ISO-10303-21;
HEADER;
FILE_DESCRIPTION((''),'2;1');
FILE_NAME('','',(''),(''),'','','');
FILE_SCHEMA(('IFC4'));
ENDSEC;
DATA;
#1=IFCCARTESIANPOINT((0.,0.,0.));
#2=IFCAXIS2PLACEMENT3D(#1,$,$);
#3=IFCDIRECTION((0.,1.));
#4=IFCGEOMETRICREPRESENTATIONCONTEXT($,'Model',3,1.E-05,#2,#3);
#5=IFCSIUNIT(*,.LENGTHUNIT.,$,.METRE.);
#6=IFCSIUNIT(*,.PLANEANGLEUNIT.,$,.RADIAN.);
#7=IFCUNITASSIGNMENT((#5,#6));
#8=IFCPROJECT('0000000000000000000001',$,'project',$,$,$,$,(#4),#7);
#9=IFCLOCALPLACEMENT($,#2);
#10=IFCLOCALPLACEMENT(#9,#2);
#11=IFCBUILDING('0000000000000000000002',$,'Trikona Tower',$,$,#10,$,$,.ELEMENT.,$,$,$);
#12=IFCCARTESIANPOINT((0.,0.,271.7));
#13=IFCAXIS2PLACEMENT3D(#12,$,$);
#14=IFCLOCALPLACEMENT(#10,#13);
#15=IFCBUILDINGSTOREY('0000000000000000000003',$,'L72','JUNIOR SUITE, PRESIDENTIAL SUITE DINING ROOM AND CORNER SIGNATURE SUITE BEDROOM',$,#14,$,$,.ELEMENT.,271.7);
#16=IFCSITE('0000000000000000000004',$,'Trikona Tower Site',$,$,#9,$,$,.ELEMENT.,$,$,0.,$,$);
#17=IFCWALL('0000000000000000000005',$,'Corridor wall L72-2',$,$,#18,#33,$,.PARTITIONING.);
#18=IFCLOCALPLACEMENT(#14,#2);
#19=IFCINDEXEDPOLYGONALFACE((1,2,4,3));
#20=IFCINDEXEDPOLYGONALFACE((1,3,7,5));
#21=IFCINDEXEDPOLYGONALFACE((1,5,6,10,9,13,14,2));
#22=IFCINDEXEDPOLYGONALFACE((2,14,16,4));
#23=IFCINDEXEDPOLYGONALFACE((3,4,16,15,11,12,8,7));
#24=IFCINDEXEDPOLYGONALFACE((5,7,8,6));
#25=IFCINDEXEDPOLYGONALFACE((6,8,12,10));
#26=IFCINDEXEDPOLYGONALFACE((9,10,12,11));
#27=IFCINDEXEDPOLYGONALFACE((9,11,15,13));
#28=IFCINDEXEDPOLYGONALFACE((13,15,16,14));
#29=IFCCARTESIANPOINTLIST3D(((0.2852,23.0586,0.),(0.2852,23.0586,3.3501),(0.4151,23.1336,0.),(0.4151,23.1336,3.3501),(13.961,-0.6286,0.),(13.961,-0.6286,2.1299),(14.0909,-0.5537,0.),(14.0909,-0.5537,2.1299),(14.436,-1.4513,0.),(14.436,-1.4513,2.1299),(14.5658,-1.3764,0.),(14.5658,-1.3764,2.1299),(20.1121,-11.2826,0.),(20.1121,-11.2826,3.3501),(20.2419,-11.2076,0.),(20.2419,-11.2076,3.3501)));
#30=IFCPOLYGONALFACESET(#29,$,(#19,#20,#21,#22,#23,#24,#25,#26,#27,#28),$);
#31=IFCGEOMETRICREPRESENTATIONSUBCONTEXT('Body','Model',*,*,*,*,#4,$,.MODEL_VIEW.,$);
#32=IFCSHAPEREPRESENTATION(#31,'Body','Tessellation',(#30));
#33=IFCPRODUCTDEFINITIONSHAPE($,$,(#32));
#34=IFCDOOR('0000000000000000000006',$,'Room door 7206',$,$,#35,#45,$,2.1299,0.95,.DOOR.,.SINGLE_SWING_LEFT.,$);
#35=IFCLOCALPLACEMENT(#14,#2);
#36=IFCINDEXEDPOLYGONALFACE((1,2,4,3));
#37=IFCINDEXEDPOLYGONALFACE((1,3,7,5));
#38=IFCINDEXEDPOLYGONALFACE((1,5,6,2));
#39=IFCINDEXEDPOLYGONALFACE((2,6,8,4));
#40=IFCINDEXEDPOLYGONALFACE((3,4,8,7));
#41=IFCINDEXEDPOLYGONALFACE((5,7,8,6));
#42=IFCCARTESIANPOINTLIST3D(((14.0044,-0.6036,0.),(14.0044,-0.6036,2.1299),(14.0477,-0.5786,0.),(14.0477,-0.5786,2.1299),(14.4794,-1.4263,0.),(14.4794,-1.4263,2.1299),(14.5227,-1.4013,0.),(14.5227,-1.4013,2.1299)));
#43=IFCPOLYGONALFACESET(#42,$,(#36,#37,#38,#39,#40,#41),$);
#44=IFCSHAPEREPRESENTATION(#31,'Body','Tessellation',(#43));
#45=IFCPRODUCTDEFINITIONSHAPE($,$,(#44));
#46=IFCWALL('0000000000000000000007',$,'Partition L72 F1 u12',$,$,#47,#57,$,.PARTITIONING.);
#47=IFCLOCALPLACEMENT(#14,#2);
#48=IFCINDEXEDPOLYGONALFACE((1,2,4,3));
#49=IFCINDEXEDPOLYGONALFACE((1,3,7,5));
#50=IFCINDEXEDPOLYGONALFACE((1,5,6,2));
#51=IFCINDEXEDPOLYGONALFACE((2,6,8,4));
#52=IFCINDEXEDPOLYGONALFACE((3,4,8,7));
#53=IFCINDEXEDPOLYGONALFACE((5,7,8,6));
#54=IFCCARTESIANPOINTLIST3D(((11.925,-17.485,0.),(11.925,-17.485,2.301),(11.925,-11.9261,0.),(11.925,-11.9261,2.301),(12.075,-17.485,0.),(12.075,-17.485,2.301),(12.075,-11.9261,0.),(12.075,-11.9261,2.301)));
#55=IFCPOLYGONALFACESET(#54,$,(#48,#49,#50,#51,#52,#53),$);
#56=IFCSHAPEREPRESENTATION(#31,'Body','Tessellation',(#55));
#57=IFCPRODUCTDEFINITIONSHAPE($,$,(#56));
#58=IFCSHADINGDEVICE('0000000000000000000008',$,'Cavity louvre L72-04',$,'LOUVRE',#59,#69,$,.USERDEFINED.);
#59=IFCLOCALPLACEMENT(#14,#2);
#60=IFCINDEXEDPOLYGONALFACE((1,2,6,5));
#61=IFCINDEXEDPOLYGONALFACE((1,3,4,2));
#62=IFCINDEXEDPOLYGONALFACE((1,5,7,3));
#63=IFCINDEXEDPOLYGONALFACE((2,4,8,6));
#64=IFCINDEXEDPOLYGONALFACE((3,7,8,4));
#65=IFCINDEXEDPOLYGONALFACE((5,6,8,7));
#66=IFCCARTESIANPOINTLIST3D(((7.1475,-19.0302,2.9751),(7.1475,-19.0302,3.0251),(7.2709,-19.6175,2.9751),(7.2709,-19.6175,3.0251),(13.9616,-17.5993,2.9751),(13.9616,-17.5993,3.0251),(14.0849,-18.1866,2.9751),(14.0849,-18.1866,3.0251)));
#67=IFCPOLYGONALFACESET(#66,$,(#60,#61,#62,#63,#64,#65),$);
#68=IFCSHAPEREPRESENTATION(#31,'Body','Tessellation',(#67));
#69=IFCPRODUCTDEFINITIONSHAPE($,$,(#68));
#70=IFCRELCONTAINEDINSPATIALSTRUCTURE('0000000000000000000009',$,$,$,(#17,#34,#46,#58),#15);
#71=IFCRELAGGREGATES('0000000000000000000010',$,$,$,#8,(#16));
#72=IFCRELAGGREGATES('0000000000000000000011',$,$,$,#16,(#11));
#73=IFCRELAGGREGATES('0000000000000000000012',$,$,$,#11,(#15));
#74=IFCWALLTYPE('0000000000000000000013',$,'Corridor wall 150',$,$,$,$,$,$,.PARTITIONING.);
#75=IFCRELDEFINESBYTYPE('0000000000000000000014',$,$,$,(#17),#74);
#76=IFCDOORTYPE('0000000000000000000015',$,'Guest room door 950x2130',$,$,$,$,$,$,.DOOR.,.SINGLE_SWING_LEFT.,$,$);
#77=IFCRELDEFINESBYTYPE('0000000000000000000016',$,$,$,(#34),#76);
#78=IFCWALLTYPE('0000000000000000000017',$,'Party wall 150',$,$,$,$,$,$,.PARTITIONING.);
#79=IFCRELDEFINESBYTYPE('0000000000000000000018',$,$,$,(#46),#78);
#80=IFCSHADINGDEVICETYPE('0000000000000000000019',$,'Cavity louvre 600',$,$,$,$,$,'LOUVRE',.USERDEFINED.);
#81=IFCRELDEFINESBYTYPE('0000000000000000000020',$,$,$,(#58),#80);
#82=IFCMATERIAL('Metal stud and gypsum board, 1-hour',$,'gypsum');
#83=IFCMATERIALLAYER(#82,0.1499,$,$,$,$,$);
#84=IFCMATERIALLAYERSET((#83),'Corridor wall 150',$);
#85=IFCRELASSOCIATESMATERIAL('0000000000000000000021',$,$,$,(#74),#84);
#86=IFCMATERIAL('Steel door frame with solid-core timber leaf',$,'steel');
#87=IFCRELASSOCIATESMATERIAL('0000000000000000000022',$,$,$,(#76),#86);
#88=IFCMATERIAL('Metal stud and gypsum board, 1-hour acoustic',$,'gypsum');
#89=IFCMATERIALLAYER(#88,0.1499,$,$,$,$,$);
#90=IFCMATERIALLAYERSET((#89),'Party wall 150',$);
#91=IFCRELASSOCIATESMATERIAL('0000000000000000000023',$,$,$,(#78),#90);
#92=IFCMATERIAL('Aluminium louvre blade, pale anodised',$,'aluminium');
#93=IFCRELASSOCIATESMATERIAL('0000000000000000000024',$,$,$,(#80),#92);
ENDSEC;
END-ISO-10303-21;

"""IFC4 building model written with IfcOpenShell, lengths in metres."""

from ifc_helpers import new_model, si_unit, direction, frame, frame_2d, origin, origin_2d, place, context, subcontext, project, spatial, rectangle, extrude, material, layer, layer_set, type_object, element, fill, save


model = new_model("IFC4")

# Units and contexts
model_context = context("Model", 3, precision=1e-05, world=origin(), true_north=direction((0.0, 1.0)))
body_context = subcontext(model_context, "Body", "Model", "MODEL_VIEW")
ifc_project = project(units=[si_unit("LENGTHUNIT", "METRE"), si_unit("PLANEANGLEUNIT", "RADIAN")], contexts=[model_context])

# Site, building, storey
site_placement = place(None, origin())
site = spatial("IfcSite", under=ifc_project, at=site_placement, Name="Trikona Tower Site", CompositionType="ELEMENT", RefElevation=0.0)
building_placement = place(site_placement, origin())
building = spatial("IfcBuilding", under=site, at=building_placement, Name="Trikona Tower", CompositionType="ELEMENT")
storey_placement = place(building_placement, frame((0.0, 0.0, 271.7)))
storey = spatial("IfcBuildingStorey", under=building, at=storey_placement, Name="L72", Description="JUNIOR SUITE, PRESIDENTIAL SUITE DINING ROOM AND CORNER SIGNATURE SUITE BEDROOM", CompositionType="ELEMENT", Elevation=271.7)

# Wall, opening, door
ifc_material_1 = material(Name="Metal stud and gypsum board, 1-hour", Category="gypsum")
ifc_layer_1 = layer(ifc_material_1, 0.1499)
ifc_layer_set_1 = layer_set([ifc_layer_1], Name="Corridor wall 150")
wall_type_1 = type_object("IfcWallType", Name="Corridor wall 150", PredefinedType="PARTITIONING", material=ifc_layer_set_1)
wall_1_placement = place(storey_placement, frame((20.177, -11.2451, 0.0), z_axis=(0.0, 0.0, 1.0), x_axis=(-0.499999, 0.866026, 0.0)))
wall_1 = element("IfcWall", 1, at=wall_1_placement, inside=storey, type_object=wall_type_1, Name="Corridor wall L72-2", PredefinedType="PARTITIONING", context=body_context, shape_type="SweptSolid", body=[
    extrude(rectangle(XDim=39.6538, YDim=0.1499, at=frame_2d((19.8269, 0.0))), origin(), (0.0, 0.0, 1.0), 3.3501),
])
opening_1_placement = place(wall_1_placement, frame((11.3521, 0.0, 0.0)))
opening_1 = element("IfcOpeningElement", 2, at=opening_1_placement, cuts=wall_1, PredefinedType="OPENING", context=body_context, shape_type="SweptSolid", body=[
    extrude(rectangle(XDim=0.95, YDim=2.1299, at=frame_2d((0.4751, 1.0649))), frame((0.0, 0.085, 0.0), z_axis=(0.0, -1.0, 0.0), x_axis=(1.0, 0.0, 0.0)), (0.0, 0.0, 1.0), 0.1699),
])
ifc_material_2 = material(Name="Steel door frame with solid-core timber leaf", Category="steel")
door_type_1 = type_object("IfcDoorType", Name="Guest room door 950x2130", OperationType="SINGLE_SWING_LEFT", PredefinedType="DOOR", material=ifc_material_2)
door_1_placement = place(opening_1_placement, origin())
door_1 = element("IfcDoor", 3, at=door_1_placement, inside=storey, type_object=door_type_1, Name="Room door 7206", OperationType="SINGLE_SWING_LEFT", OverallHeight=2.1299, OverallWidth=0.95, PredefinedType="DOOR", context=body_context, shape_type="SweptSolid", body=[
    extrude(rectangle(XDim=0.95, YDim=2.1299, at=frame_2d((0.4751, 1.0649))), frame((0.0, 0.0249, 0.0), z_axis=(0.0, -1.0, 0.0), x_axis=(1.0, 0.0, 0.0)), (0.0, 0.0, 1.0), 0.05),
])
fill(opening_1, door_1)

# Wall
ifc_material_3 = material(Name="Metal stud and gypsum board, 1-hour acoustic", Category="gypsum")
ifc_layer_2 = layer(ifc_material_3, 0.1499)
ifc_layer_set_2 = layer_set([ifc_layer_2], Name="Party wall 150")
wall_type_2 = type_object("IfcWallType", Name="Party wall 150", PredefinedType="PARTITIONING", material=ifc_layer_set_2)
wall_2_placement = place(storey_placement, frame((12.0, -11.9263, 0.0), z_axis=(0.0, 0.0, 1.0), x_axis=(0.0, -1.0, 0.0)))
element("IfcWall", 4, at=wall_2_placement, inside=storey, type_object=wall_type_2, Name="Partition L72 F1 u12", PredefinedType="PARTITIONING", context=body_context, shape_type="SweptSolid", body=[
    extrude(rectangle(XDim=5.5588, YDim=0.1499, at=frame_2d((2.7793, 0.0))), origin(), (0.0, 0.0, 1.0), 2.301),
])

# Shading device
ifc_material_4 = material(Name="Aluminium louvre blade, pale anodised", Category="aluminium")
shading_device_type = type_object("IfcShadingDeviceType", Name="Cavity louvre 600", ElementType="LOUVRE", PredefinedType="USERDEFINED", material=ifc_material_4)
shading_device_placement = place(storey_placement, frame((10.6162, -18.6084, 2.9751), z_axis=(0.0, 0.0, 1.0), x_axis=(0.978653, 0.205518, 0.0)))
element("IfcShadingDevice", 5, at=shading_device_placement, inside=storey, type_object=shading_device_type, Name="Cavity louvre L72-04", ObjectType="LOUVRE", PredefinedType="USERDEFINED", context=body_context, shape_type="SweptSolid", body=[
    extrude(rectangle(XDim=6.9626, YDim=0.6001, at=origin_2d()), origin(), (0.0, 0.0, 1.0), 0.05),
])

save(model, "model.ifc")
